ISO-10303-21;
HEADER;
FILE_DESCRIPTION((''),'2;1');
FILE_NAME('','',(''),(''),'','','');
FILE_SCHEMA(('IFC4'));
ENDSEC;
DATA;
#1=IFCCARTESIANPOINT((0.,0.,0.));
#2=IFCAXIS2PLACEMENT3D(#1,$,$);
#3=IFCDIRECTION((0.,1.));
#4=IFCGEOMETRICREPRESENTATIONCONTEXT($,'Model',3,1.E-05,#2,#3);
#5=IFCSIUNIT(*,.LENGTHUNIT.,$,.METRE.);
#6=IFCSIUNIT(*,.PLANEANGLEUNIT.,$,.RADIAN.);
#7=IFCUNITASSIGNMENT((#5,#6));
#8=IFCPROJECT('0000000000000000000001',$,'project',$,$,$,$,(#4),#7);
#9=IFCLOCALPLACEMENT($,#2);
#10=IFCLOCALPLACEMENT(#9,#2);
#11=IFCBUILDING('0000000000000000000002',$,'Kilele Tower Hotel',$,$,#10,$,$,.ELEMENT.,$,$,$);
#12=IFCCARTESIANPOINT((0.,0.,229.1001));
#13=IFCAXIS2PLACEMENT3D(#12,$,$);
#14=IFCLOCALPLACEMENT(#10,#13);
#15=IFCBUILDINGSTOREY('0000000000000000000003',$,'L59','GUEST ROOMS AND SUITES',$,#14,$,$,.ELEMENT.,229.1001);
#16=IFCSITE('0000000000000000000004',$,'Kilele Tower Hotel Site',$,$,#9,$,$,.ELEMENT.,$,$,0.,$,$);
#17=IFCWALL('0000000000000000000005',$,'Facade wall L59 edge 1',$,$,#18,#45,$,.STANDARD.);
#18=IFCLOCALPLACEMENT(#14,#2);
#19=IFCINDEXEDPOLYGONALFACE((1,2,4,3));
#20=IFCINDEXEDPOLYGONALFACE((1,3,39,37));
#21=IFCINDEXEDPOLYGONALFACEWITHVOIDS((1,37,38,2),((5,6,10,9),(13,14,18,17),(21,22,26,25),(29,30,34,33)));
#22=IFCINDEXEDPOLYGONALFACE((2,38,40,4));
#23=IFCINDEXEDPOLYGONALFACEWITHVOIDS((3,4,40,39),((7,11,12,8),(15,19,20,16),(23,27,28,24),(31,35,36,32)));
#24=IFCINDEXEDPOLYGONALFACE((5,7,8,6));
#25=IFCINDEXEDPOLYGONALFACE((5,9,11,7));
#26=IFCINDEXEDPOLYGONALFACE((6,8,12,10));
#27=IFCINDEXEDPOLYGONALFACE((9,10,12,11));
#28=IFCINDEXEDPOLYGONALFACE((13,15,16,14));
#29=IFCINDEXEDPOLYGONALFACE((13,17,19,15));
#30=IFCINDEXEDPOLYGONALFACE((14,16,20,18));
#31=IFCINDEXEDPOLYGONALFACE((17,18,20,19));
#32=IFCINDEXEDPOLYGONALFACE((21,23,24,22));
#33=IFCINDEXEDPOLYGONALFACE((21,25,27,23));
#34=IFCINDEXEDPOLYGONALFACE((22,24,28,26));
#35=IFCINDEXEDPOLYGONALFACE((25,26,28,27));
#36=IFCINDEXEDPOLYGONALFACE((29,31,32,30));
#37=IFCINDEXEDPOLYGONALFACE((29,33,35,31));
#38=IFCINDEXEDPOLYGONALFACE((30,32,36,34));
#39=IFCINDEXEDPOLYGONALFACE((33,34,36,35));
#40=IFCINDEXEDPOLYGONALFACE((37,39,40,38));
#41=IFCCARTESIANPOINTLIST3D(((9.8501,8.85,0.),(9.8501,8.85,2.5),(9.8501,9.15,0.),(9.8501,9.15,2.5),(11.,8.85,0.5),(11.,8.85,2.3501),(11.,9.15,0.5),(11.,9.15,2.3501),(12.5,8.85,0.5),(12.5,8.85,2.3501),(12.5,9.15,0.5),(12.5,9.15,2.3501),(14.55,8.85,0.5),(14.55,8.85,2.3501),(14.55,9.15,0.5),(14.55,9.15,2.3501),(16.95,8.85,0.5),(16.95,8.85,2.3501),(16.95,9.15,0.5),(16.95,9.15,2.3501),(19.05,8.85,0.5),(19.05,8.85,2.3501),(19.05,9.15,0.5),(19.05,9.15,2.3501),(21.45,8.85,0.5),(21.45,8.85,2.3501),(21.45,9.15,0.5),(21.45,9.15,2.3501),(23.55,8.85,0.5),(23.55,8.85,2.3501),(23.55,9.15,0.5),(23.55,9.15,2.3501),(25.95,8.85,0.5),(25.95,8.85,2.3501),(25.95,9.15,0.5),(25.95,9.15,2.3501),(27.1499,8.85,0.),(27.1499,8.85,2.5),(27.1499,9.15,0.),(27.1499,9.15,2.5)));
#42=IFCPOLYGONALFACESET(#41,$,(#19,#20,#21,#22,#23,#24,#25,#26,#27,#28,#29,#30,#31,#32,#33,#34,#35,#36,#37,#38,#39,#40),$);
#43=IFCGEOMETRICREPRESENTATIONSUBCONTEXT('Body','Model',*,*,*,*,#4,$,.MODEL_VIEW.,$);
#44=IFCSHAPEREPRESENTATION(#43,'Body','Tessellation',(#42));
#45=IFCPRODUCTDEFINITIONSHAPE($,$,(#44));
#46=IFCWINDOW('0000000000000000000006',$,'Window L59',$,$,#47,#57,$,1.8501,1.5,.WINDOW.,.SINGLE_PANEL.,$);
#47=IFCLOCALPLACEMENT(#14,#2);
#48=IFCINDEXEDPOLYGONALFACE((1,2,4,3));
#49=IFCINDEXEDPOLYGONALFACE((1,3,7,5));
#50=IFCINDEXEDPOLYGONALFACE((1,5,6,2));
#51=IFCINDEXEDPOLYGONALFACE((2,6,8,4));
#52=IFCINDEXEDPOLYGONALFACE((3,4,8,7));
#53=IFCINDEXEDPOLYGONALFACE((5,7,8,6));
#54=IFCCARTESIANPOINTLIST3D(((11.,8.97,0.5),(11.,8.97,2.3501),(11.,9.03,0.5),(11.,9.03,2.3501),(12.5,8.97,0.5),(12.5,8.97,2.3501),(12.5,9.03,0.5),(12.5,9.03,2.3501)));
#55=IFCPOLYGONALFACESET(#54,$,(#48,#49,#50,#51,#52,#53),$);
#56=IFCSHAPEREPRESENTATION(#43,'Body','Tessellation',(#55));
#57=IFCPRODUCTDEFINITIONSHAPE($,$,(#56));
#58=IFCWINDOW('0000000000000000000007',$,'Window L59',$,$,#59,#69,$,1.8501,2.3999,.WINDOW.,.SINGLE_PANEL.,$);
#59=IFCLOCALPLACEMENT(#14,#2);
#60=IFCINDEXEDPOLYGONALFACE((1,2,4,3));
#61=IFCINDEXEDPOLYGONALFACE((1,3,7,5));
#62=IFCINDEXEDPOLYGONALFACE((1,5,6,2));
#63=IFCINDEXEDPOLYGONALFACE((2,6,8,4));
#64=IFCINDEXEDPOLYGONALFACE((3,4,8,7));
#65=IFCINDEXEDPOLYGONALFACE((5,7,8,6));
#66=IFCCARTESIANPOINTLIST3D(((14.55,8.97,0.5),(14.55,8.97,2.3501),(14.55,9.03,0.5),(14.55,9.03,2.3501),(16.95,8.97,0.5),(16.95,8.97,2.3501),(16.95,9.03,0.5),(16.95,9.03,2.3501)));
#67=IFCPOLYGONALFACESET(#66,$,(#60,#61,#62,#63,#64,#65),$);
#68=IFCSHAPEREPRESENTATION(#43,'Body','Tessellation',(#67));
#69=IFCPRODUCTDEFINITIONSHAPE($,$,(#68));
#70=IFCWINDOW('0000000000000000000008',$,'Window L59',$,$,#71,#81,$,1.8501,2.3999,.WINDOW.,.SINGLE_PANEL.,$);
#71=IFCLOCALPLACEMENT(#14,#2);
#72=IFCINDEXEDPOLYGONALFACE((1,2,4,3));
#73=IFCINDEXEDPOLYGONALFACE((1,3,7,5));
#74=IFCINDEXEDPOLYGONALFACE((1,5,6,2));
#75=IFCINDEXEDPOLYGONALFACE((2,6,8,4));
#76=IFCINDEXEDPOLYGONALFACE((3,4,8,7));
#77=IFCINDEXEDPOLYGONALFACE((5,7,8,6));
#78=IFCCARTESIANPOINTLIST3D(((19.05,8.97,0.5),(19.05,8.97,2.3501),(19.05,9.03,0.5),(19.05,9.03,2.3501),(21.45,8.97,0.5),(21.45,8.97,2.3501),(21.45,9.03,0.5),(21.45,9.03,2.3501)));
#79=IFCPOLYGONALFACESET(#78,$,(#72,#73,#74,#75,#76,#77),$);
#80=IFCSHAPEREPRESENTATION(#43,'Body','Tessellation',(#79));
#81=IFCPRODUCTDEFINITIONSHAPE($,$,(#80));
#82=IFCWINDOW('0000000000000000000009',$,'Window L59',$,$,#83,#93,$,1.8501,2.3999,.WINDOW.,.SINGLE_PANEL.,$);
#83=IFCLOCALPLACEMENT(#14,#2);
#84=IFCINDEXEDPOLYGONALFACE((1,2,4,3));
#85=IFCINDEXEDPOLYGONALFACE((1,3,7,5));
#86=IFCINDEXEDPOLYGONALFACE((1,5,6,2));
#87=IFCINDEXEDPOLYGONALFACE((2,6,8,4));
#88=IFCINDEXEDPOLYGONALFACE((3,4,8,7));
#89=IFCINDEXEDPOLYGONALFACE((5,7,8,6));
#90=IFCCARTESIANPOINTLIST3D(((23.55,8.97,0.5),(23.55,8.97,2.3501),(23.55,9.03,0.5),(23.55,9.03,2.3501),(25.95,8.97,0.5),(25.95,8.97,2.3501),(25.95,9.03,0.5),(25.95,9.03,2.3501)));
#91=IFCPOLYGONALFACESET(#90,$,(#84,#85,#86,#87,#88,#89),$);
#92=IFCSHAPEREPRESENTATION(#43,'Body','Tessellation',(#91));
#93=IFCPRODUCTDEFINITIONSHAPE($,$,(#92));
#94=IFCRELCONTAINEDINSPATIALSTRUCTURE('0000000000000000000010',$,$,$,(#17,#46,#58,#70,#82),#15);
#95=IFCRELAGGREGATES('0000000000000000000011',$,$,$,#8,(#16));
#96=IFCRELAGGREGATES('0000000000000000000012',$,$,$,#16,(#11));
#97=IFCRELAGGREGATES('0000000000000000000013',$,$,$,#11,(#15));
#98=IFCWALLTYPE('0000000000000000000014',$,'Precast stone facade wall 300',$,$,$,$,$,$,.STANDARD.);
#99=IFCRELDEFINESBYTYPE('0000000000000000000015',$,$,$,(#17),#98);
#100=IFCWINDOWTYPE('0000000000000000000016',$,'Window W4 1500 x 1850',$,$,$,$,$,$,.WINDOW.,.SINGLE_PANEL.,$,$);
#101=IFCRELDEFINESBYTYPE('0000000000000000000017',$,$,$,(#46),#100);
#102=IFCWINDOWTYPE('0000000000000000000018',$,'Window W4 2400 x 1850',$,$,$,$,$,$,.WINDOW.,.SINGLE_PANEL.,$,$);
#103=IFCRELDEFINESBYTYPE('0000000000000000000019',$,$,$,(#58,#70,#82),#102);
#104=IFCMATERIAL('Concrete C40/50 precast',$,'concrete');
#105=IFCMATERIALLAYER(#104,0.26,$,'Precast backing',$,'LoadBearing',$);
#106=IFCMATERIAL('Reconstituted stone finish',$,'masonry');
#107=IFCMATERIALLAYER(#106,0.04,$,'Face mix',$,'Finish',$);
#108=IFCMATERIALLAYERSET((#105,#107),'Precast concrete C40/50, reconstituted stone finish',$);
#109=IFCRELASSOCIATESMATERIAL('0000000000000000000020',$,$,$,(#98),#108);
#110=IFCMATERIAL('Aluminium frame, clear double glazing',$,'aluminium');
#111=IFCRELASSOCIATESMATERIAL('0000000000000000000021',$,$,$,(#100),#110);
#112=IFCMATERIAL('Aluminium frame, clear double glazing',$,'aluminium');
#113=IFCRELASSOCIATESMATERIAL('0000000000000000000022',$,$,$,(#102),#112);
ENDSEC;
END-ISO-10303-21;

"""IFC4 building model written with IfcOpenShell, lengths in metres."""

from ifc_helpers import new_model, si_unit, direction, frame, frame_2d, origin, place, context, subcontext, project, spatial, rectangle, extrude, material, layer, layer_set, type_object, element, fill, save


model = new_model("IFC4")

# Units and contexts
model_context = context("Model", 3, precision=1e-05, world=origin(), true_north=direction((0.0, 1.0)))
body_context = subcontext(model_context, "Body", "Model", "MODEL_VIEW")
ifc_project = project(units=[si_unit("LENGTHUNIT", "METRE"), si_unit("PLANEANGLEUNIT", "RADIAN")], contexts=[model_context])

# Site, building, storey
site_placement = place(None, origin())
site = spatial("IfcSite", under=ifc_project, at=site_placement, Name="Kilele Tower Hotel Site", CompositionType="ELEMENT", RefElevation=0.0)
building_placement = place(site_placement, origin())
building = spatial("IfcBuilding", under=site, at=building_placement, Name="Kilele Tower Hotel", CompositionType="ELEMENT")
storey_placement = place(building_placement, frame((0.0, 0.0, 229.1001)))
storey = spatial("IfcBuildingStorey", under=building, at=storey_placement, Name="L59", Description="GUEST ROOMS AND SUITES", CompositionType="ELEMENT", Elevation=229.1001)

# Wall, openings, windows
ifc_material_1 = material(Name="Concrete C40/50 precast", Category="concrete")
ifc_layer_1 = layer(ifc_material_1, 0.26, Name="Precast backing", Category="LoadBearing")
ifc_material_2 = material(Name="Reconstituted stone finish", Category="masonry")
ifc_layer_2 = layer(ifc_material_2, 0.04, Name="Face mix", Category="Finish")
ifc_layer_set_1 = layer_set([ifc_layer_1, ifc_layer_2], Name="Precast concrete C40/50, reconstituted stone finish")
wall_type = type_object("IfcWallType", Name="Precast stone facade wall 300", PredefinedType="STANDARD", material=ifc_layer_set_1)
wall_placement = place(storey_placement, frame((9.8501, 9.0, 0.0), z_axis=(0.0, 0.0, 1.0), x_axis=(1.0, 0.0, 0.0)))
wall = element("IfcWall", 1, at=wall_placement, inside=storey, type_object=wall_type, Name="Facade wall L59 edge 1", PredefinedType="STANDARD", context=body_context, shape_type="SweptSolid", body=[
    extrude(rectangle(XDim=17.2998, YDim=0.3, at=frame_2d((8.6499, 0.0))), origin(), (0.0, 0.0, 1.0), 2.5),
])
opening_1_placement = place(wall_placement, frame((1.1499, 0.0, 0.5)))
opening_1 = element("IfcOpeningElement", 2, at=opening_1_placement, cuts=wall, PredefinedType="OPENING", context=body_context, shape_type="SweptSolid", body=[
    extrude(rectangle(XDim=1.5, YDim=1.8501, at=frame_2d((0.75, 0.925))), frame((0.0, 0.1599, 0.0), z_axis=(0.0, -1.0, 0.0), x_axis=(1.0, 0.0, 0.0)), (0.0, 0.0, 1.0), 0.3201),
])
opening_2_placement = place(wall_placement, frame((4.7, 0.0, 0.5)))
opening_2 = element("IfcOpeningElement", 3, at=opening_2_placement, cuts=wall, PredefinedType="OPENING", context=body_context, shape_type="SweptSolid", body=[
    extrude(rectangle(XDim=2.3999, YDim=1.8501, at=frame_2d((1.2, 0.925))), frame((0.0, 0.1599, 0.0), z_axis=(0.0, -1.0, 0.0), x_axis=(1.0, 0.0, 0.0)), (0.0, 0.0, 1.0), 0.3201),
])
opening_3_placement = place(wall_placement, frame((9.2, 0.0, 0.5)))
opening_3 = element("IfcOpeningElement", 4, at=opening_3_placement, cuts=wall, PredefinedType="OPENING", context=body_context, shape_type="SweptSolid", body=[
    extrude(rectangle(XDim=2.3999, YDim=1.8501, at=frame_2d((1.2, 0.925))), frame((0.0, 0.1599, 0.0), z_axis=(0.0, -1.0, 0.0), x_axis=(1.0, 0.0, 0.0)), (0.0, 0.0, 1.0), 0.3201),
])
opening_4_placement = place(wall_placement, frame((13.7, 0.0, 0.5)))
opening_4 = element("IfcOpeningElement", 5, at=opening_4_placement, cuts=wall, PredefinedType="OPENING", context=body_context, shape_type="SweptSolid", body=[
    extrude(rectangle(XDim=2.3999, YDim=1.8501, at=frame_2d((1.2, 0.925))), frame((0.0, 0.1599, 0.0), z_axis=(0.0, -1.0, 0.0), x_axis=(1.0, 0.0, 0.0)), (0.0, 0.0, 1.0), 0.3201),
])
ifc_material_3 = material(Name="Aluminium frame, clear double glazing", Category="aluminium")
window_type_1 = type_object("IfcWindowType", Name="Window W4 1500 x 1850", PartitioningType="SINGLE_PANEL", PredefinedType="WINDOW", material=ifc_material_3)
window_1_placement = place(opening_1_placement, origin())
window_1 = element("IfcWindow", 6, at=window_1_placement, inside=storey, type_object=window_type_1, Name="Window L59", OverallHeight=1.8501, OverallWidth=1.5, PartitioningType="SINGLE_PANEL", PredefinedType="WINDOW", context=body_context, shape_type="SweptSolid", body=[
    extrude(rectangle(XDim=1.5, YDim=1.8501, at=frame_2d((0.75, 0.925))), frame((0.0, 0.03, 0.0), z_axis=(0.0, -1.0, 0.0), x_axis=(1.0, 0.0, 0.0)), (0.0, 0.0, 1.0), 0.0601),
])
fill(opening_1, window_1)
ifc_material_4 = material(Name="Aluminium frame, clear double glazing", Category="aluminium")
window_type_2 = type_object("IfcWindowType", Name="Window W4 2400 x 1850", PartitioningType="SINGLE_PANEL", PredefinedType="WINDOW", material=ifc_material_4)
window_2_placement = place(opening_2_placement, origin())
window_2 = element("IfcWindow", 7, at=window_2_placement, inside=storey, type_object=window_type_2, Name="Window L59", OverallHeight=1.8501, OverallWidth=2.3999, PartitioningType="SINGLE_PANEL", PredefinedType="WINDOW", context=body_context, shape_type="SweptSolid", body=[
    extrude(rectangle(XDim=2.3999, YDim=1.8501, at=frame_2d((1.2, 0.925))), frame((0.0, 0.03, 0.0), z_axis=(0.0, -1.0, 0.0), x_axis=(1.0, 0.0, 0.0)), (0.0, 0.0, 1.0), 0.0601),
])
fill(opening_2, window_2)
window_3_placement = place(opening_3_placement, origin())
window_3 = element("IfcWindow", 8, at=window_3_placement, inside=storey, type_object=window_type_2, Name="Window L59", OverallHeight=1.8501, OverallWidth=2.3999, PartitioningType="SINGLE_PANEL", PredefinedType="WINDOW", context=body_context, shape_type="SweptSolid", body=[
    extrude(rectangle(XDim=2.3999, YDim=1.8501, at=frame_2d((1.2, 0.925))), frame((0.0, 0.03, 0.0), z_axis=(0.0, -1.0, 0.0), x_axis=(1.0, 0.0, 0.0)), (0.0, 0.0, 1.0), 0.0601),
])
fill(opening_3, window_3)
window_4_placement = place(opening_4_placement, origin())
window_4 = element("IfcWindow", 9, at=window_4_placement, inside=storey, type_object=window_type_2, Name="Window L59", OverallHeight=1.8501, OverallWidth=2.3999, PartitioningType="SINGLE_PANEL", PredefinedType="WINDOW", context=body_context, shape_type="SweptSolid", body=[
    extrude(rectangle(XDim=2.3999, YDim=1.8501, at=frame_2d((1.2, 0.925))), frame((0.0, 0.03, 0.0), z_axis=(0.0, -1.0, 0.0), x_axis=(1.0, 0.0, 0.0)), (0.0, 0.0, 1.0), 0.0601),
])
fill(opening_4, window_4)

save(model, "model.ifc")
